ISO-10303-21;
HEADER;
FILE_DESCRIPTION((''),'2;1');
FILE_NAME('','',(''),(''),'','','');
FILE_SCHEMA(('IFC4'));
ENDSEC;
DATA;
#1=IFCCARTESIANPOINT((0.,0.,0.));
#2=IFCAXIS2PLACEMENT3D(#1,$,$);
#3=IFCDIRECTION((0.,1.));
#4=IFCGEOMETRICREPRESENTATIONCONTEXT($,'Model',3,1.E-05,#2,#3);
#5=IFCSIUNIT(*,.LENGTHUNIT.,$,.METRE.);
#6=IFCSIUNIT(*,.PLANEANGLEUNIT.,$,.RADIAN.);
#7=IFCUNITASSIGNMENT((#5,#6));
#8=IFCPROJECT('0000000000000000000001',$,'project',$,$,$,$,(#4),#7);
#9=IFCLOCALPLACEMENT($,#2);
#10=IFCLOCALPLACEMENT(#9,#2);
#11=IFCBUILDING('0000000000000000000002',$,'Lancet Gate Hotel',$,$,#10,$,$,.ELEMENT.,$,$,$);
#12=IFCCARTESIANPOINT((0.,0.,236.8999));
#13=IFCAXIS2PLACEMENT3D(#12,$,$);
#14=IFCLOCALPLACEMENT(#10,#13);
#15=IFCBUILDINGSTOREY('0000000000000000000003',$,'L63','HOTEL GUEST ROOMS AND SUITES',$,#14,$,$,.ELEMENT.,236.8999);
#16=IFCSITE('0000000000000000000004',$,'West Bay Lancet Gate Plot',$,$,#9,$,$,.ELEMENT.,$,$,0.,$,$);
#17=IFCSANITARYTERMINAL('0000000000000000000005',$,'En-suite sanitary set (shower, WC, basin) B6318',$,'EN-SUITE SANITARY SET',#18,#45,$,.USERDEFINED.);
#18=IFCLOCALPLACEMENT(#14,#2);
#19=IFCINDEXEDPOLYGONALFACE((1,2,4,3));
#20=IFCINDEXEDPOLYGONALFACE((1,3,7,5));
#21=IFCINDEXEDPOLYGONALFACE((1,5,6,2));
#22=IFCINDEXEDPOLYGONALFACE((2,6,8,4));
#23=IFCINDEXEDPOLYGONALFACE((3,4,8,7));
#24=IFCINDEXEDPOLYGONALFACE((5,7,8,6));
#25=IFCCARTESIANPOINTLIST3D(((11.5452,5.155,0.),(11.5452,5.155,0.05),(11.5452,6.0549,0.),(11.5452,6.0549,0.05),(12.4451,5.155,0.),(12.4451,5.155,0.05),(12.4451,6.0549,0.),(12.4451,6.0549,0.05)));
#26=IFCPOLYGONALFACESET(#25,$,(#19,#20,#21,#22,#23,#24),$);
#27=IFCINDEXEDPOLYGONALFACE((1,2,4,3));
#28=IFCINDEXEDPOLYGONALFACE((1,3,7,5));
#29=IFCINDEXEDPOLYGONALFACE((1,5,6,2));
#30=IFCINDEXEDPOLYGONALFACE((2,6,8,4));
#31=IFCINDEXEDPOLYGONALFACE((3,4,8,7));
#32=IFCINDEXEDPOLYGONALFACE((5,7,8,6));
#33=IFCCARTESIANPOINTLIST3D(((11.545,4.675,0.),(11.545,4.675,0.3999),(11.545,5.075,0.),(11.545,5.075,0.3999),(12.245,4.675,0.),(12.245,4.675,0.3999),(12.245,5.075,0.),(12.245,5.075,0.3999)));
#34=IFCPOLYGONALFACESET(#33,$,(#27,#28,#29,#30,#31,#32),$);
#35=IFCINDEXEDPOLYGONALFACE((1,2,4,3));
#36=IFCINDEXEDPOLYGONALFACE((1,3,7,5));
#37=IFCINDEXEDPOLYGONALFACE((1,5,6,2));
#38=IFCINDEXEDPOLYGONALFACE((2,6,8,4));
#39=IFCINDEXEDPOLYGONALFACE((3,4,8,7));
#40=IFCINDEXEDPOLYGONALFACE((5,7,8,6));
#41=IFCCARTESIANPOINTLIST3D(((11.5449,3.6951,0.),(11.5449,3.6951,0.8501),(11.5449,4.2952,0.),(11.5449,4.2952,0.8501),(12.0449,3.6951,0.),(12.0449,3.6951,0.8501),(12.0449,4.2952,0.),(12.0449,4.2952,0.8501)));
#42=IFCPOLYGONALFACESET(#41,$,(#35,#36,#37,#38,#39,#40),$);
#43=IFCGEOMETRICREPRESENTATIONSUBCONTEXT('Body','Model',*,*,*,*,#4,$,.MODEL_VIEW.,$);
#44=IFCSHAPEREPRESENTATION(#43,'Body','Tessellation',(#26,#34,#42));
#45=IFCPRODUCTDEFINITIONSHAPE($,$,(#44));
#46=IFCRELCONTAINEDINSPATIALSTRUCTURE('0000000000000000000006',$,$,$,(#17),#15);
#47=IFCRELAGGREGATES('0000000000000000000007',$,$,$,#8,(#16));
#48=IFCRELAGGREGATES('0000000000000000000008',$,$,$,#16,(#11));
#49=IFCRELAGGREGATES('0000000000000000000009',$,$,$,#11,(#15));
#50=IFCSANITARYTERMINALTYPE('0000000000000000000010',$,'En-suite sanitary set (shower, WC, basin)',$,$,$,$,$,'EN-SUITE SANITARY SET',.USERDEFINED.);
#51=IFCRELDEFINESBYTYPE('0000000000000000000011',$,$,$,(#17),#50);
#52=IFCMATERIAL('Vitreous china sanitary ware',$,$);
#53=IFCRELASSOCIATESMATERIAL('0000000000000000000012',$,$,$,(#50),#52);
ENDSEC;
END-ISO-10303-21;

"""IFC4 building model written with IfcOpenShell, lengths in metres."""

from ifc_helpers import new_model, si_unit, direction, frame, origin, origin_2d, place, context, subcontext, project, spatial, rectangle, extrude, material, type_object, element, save


model = new_model("IFC4")

# Units and contexts
model_context = context("Model", 3, precision=1e-05, world=origin(), true_north=direction((0.0, 1.0)))
body_context = subcontext(model_context, "Body", "Model", "MODEL_VIEW")
ifc_project = project(units=[si_unit("LENGTHUNIT", "METRE"), si_unit("PLANEANGLEUNIT", "RADIAN")], contexts=[model_context])

# Site, building, storey
site_placement = place(None, origin())
site = spatial("IfcSite", under=ifc_project, at=site_placement, Name="West Bay Lancet Gate Plot", CompositionType="ELEMENT", RefElevation=0.0)
building_placement = place(site_placement, origin())
building = spatial("IfcBuilding", under=site, at=building_placement, Name="Lancet Gate Hotel", CompositionType="ELEMENT")
storey_placement = place(building_placement, frame((0.0, 0.0, 236.8999)))
storey = spatial("IfcBuildingStorey", under=building, at=storey_placement, Name="L63", Description="HOTEL GUEST ROOMS AND SUITES", CompositionType="ELEMENT", Elevation=236.8999)

# Sanitary terminal
ifc_material_1 = material(Name="Vitreous china sanitary ware")
sanitary_terminal_type = type_object("IfcSanitaryTerminalType", Name="En-suite sanitary set (shower, WC, basin)", ElementType="EN-SUITE SANITARY SET", PredefinedType="USERDEFINED", material=ifc_material_1)
sanitary_terminal_placement = place(storey_placement, frame((11.9951, 5.605, 0.0), z_axis=(0.0, 0.0, 1.0), x_axis=(1.0, 0.0, 0.0)))
element("IfcSanitaryTerminal", 1, at=sanitary_terminal_placement, inside=storey, type_object=sanitary_terminal_type, Name="En-suite sanitary set (shower, WC, basin) B6318", ObjectType="EN-SUITE SANITARY SET", PredefinedType="USERDEFINED", context=body_context, shape_type="SweptSolid", body=[
    extrude(rectangle(XDim=0.8999, YDim=0.8999, at=origin_2d()), frame((0.0, 0.0, 0.0), z_axis=(0.0, 0.0, 1.0), x_axis=(0.0, 1.0, 0.0)), (0.0, 0.0, 1.0), 0.05),
    extrude(rectangle(XDim=0.3999, YDim=0.7, at=origin_2d()), frame((-0.1001, -0.73, 0.0), z_axis=(0.0, 0.0, 1.0), x_axis=(0.0, 1.0, 0.0)), (0.0, 0.0, 1.0), 0.3999),
    extrude(rectangle(XDim=0.6001, YDim=0.5, at=origin_2d()), frame((-0.2002, -1.6099, 0.0), z_axis=(0.0, 0.0, 1.0), x_axis=(0.0, 1.0, 0.0)), (0.0, 0.0, 1.0), 0.8501),
])

save(model, "model.ifc")
